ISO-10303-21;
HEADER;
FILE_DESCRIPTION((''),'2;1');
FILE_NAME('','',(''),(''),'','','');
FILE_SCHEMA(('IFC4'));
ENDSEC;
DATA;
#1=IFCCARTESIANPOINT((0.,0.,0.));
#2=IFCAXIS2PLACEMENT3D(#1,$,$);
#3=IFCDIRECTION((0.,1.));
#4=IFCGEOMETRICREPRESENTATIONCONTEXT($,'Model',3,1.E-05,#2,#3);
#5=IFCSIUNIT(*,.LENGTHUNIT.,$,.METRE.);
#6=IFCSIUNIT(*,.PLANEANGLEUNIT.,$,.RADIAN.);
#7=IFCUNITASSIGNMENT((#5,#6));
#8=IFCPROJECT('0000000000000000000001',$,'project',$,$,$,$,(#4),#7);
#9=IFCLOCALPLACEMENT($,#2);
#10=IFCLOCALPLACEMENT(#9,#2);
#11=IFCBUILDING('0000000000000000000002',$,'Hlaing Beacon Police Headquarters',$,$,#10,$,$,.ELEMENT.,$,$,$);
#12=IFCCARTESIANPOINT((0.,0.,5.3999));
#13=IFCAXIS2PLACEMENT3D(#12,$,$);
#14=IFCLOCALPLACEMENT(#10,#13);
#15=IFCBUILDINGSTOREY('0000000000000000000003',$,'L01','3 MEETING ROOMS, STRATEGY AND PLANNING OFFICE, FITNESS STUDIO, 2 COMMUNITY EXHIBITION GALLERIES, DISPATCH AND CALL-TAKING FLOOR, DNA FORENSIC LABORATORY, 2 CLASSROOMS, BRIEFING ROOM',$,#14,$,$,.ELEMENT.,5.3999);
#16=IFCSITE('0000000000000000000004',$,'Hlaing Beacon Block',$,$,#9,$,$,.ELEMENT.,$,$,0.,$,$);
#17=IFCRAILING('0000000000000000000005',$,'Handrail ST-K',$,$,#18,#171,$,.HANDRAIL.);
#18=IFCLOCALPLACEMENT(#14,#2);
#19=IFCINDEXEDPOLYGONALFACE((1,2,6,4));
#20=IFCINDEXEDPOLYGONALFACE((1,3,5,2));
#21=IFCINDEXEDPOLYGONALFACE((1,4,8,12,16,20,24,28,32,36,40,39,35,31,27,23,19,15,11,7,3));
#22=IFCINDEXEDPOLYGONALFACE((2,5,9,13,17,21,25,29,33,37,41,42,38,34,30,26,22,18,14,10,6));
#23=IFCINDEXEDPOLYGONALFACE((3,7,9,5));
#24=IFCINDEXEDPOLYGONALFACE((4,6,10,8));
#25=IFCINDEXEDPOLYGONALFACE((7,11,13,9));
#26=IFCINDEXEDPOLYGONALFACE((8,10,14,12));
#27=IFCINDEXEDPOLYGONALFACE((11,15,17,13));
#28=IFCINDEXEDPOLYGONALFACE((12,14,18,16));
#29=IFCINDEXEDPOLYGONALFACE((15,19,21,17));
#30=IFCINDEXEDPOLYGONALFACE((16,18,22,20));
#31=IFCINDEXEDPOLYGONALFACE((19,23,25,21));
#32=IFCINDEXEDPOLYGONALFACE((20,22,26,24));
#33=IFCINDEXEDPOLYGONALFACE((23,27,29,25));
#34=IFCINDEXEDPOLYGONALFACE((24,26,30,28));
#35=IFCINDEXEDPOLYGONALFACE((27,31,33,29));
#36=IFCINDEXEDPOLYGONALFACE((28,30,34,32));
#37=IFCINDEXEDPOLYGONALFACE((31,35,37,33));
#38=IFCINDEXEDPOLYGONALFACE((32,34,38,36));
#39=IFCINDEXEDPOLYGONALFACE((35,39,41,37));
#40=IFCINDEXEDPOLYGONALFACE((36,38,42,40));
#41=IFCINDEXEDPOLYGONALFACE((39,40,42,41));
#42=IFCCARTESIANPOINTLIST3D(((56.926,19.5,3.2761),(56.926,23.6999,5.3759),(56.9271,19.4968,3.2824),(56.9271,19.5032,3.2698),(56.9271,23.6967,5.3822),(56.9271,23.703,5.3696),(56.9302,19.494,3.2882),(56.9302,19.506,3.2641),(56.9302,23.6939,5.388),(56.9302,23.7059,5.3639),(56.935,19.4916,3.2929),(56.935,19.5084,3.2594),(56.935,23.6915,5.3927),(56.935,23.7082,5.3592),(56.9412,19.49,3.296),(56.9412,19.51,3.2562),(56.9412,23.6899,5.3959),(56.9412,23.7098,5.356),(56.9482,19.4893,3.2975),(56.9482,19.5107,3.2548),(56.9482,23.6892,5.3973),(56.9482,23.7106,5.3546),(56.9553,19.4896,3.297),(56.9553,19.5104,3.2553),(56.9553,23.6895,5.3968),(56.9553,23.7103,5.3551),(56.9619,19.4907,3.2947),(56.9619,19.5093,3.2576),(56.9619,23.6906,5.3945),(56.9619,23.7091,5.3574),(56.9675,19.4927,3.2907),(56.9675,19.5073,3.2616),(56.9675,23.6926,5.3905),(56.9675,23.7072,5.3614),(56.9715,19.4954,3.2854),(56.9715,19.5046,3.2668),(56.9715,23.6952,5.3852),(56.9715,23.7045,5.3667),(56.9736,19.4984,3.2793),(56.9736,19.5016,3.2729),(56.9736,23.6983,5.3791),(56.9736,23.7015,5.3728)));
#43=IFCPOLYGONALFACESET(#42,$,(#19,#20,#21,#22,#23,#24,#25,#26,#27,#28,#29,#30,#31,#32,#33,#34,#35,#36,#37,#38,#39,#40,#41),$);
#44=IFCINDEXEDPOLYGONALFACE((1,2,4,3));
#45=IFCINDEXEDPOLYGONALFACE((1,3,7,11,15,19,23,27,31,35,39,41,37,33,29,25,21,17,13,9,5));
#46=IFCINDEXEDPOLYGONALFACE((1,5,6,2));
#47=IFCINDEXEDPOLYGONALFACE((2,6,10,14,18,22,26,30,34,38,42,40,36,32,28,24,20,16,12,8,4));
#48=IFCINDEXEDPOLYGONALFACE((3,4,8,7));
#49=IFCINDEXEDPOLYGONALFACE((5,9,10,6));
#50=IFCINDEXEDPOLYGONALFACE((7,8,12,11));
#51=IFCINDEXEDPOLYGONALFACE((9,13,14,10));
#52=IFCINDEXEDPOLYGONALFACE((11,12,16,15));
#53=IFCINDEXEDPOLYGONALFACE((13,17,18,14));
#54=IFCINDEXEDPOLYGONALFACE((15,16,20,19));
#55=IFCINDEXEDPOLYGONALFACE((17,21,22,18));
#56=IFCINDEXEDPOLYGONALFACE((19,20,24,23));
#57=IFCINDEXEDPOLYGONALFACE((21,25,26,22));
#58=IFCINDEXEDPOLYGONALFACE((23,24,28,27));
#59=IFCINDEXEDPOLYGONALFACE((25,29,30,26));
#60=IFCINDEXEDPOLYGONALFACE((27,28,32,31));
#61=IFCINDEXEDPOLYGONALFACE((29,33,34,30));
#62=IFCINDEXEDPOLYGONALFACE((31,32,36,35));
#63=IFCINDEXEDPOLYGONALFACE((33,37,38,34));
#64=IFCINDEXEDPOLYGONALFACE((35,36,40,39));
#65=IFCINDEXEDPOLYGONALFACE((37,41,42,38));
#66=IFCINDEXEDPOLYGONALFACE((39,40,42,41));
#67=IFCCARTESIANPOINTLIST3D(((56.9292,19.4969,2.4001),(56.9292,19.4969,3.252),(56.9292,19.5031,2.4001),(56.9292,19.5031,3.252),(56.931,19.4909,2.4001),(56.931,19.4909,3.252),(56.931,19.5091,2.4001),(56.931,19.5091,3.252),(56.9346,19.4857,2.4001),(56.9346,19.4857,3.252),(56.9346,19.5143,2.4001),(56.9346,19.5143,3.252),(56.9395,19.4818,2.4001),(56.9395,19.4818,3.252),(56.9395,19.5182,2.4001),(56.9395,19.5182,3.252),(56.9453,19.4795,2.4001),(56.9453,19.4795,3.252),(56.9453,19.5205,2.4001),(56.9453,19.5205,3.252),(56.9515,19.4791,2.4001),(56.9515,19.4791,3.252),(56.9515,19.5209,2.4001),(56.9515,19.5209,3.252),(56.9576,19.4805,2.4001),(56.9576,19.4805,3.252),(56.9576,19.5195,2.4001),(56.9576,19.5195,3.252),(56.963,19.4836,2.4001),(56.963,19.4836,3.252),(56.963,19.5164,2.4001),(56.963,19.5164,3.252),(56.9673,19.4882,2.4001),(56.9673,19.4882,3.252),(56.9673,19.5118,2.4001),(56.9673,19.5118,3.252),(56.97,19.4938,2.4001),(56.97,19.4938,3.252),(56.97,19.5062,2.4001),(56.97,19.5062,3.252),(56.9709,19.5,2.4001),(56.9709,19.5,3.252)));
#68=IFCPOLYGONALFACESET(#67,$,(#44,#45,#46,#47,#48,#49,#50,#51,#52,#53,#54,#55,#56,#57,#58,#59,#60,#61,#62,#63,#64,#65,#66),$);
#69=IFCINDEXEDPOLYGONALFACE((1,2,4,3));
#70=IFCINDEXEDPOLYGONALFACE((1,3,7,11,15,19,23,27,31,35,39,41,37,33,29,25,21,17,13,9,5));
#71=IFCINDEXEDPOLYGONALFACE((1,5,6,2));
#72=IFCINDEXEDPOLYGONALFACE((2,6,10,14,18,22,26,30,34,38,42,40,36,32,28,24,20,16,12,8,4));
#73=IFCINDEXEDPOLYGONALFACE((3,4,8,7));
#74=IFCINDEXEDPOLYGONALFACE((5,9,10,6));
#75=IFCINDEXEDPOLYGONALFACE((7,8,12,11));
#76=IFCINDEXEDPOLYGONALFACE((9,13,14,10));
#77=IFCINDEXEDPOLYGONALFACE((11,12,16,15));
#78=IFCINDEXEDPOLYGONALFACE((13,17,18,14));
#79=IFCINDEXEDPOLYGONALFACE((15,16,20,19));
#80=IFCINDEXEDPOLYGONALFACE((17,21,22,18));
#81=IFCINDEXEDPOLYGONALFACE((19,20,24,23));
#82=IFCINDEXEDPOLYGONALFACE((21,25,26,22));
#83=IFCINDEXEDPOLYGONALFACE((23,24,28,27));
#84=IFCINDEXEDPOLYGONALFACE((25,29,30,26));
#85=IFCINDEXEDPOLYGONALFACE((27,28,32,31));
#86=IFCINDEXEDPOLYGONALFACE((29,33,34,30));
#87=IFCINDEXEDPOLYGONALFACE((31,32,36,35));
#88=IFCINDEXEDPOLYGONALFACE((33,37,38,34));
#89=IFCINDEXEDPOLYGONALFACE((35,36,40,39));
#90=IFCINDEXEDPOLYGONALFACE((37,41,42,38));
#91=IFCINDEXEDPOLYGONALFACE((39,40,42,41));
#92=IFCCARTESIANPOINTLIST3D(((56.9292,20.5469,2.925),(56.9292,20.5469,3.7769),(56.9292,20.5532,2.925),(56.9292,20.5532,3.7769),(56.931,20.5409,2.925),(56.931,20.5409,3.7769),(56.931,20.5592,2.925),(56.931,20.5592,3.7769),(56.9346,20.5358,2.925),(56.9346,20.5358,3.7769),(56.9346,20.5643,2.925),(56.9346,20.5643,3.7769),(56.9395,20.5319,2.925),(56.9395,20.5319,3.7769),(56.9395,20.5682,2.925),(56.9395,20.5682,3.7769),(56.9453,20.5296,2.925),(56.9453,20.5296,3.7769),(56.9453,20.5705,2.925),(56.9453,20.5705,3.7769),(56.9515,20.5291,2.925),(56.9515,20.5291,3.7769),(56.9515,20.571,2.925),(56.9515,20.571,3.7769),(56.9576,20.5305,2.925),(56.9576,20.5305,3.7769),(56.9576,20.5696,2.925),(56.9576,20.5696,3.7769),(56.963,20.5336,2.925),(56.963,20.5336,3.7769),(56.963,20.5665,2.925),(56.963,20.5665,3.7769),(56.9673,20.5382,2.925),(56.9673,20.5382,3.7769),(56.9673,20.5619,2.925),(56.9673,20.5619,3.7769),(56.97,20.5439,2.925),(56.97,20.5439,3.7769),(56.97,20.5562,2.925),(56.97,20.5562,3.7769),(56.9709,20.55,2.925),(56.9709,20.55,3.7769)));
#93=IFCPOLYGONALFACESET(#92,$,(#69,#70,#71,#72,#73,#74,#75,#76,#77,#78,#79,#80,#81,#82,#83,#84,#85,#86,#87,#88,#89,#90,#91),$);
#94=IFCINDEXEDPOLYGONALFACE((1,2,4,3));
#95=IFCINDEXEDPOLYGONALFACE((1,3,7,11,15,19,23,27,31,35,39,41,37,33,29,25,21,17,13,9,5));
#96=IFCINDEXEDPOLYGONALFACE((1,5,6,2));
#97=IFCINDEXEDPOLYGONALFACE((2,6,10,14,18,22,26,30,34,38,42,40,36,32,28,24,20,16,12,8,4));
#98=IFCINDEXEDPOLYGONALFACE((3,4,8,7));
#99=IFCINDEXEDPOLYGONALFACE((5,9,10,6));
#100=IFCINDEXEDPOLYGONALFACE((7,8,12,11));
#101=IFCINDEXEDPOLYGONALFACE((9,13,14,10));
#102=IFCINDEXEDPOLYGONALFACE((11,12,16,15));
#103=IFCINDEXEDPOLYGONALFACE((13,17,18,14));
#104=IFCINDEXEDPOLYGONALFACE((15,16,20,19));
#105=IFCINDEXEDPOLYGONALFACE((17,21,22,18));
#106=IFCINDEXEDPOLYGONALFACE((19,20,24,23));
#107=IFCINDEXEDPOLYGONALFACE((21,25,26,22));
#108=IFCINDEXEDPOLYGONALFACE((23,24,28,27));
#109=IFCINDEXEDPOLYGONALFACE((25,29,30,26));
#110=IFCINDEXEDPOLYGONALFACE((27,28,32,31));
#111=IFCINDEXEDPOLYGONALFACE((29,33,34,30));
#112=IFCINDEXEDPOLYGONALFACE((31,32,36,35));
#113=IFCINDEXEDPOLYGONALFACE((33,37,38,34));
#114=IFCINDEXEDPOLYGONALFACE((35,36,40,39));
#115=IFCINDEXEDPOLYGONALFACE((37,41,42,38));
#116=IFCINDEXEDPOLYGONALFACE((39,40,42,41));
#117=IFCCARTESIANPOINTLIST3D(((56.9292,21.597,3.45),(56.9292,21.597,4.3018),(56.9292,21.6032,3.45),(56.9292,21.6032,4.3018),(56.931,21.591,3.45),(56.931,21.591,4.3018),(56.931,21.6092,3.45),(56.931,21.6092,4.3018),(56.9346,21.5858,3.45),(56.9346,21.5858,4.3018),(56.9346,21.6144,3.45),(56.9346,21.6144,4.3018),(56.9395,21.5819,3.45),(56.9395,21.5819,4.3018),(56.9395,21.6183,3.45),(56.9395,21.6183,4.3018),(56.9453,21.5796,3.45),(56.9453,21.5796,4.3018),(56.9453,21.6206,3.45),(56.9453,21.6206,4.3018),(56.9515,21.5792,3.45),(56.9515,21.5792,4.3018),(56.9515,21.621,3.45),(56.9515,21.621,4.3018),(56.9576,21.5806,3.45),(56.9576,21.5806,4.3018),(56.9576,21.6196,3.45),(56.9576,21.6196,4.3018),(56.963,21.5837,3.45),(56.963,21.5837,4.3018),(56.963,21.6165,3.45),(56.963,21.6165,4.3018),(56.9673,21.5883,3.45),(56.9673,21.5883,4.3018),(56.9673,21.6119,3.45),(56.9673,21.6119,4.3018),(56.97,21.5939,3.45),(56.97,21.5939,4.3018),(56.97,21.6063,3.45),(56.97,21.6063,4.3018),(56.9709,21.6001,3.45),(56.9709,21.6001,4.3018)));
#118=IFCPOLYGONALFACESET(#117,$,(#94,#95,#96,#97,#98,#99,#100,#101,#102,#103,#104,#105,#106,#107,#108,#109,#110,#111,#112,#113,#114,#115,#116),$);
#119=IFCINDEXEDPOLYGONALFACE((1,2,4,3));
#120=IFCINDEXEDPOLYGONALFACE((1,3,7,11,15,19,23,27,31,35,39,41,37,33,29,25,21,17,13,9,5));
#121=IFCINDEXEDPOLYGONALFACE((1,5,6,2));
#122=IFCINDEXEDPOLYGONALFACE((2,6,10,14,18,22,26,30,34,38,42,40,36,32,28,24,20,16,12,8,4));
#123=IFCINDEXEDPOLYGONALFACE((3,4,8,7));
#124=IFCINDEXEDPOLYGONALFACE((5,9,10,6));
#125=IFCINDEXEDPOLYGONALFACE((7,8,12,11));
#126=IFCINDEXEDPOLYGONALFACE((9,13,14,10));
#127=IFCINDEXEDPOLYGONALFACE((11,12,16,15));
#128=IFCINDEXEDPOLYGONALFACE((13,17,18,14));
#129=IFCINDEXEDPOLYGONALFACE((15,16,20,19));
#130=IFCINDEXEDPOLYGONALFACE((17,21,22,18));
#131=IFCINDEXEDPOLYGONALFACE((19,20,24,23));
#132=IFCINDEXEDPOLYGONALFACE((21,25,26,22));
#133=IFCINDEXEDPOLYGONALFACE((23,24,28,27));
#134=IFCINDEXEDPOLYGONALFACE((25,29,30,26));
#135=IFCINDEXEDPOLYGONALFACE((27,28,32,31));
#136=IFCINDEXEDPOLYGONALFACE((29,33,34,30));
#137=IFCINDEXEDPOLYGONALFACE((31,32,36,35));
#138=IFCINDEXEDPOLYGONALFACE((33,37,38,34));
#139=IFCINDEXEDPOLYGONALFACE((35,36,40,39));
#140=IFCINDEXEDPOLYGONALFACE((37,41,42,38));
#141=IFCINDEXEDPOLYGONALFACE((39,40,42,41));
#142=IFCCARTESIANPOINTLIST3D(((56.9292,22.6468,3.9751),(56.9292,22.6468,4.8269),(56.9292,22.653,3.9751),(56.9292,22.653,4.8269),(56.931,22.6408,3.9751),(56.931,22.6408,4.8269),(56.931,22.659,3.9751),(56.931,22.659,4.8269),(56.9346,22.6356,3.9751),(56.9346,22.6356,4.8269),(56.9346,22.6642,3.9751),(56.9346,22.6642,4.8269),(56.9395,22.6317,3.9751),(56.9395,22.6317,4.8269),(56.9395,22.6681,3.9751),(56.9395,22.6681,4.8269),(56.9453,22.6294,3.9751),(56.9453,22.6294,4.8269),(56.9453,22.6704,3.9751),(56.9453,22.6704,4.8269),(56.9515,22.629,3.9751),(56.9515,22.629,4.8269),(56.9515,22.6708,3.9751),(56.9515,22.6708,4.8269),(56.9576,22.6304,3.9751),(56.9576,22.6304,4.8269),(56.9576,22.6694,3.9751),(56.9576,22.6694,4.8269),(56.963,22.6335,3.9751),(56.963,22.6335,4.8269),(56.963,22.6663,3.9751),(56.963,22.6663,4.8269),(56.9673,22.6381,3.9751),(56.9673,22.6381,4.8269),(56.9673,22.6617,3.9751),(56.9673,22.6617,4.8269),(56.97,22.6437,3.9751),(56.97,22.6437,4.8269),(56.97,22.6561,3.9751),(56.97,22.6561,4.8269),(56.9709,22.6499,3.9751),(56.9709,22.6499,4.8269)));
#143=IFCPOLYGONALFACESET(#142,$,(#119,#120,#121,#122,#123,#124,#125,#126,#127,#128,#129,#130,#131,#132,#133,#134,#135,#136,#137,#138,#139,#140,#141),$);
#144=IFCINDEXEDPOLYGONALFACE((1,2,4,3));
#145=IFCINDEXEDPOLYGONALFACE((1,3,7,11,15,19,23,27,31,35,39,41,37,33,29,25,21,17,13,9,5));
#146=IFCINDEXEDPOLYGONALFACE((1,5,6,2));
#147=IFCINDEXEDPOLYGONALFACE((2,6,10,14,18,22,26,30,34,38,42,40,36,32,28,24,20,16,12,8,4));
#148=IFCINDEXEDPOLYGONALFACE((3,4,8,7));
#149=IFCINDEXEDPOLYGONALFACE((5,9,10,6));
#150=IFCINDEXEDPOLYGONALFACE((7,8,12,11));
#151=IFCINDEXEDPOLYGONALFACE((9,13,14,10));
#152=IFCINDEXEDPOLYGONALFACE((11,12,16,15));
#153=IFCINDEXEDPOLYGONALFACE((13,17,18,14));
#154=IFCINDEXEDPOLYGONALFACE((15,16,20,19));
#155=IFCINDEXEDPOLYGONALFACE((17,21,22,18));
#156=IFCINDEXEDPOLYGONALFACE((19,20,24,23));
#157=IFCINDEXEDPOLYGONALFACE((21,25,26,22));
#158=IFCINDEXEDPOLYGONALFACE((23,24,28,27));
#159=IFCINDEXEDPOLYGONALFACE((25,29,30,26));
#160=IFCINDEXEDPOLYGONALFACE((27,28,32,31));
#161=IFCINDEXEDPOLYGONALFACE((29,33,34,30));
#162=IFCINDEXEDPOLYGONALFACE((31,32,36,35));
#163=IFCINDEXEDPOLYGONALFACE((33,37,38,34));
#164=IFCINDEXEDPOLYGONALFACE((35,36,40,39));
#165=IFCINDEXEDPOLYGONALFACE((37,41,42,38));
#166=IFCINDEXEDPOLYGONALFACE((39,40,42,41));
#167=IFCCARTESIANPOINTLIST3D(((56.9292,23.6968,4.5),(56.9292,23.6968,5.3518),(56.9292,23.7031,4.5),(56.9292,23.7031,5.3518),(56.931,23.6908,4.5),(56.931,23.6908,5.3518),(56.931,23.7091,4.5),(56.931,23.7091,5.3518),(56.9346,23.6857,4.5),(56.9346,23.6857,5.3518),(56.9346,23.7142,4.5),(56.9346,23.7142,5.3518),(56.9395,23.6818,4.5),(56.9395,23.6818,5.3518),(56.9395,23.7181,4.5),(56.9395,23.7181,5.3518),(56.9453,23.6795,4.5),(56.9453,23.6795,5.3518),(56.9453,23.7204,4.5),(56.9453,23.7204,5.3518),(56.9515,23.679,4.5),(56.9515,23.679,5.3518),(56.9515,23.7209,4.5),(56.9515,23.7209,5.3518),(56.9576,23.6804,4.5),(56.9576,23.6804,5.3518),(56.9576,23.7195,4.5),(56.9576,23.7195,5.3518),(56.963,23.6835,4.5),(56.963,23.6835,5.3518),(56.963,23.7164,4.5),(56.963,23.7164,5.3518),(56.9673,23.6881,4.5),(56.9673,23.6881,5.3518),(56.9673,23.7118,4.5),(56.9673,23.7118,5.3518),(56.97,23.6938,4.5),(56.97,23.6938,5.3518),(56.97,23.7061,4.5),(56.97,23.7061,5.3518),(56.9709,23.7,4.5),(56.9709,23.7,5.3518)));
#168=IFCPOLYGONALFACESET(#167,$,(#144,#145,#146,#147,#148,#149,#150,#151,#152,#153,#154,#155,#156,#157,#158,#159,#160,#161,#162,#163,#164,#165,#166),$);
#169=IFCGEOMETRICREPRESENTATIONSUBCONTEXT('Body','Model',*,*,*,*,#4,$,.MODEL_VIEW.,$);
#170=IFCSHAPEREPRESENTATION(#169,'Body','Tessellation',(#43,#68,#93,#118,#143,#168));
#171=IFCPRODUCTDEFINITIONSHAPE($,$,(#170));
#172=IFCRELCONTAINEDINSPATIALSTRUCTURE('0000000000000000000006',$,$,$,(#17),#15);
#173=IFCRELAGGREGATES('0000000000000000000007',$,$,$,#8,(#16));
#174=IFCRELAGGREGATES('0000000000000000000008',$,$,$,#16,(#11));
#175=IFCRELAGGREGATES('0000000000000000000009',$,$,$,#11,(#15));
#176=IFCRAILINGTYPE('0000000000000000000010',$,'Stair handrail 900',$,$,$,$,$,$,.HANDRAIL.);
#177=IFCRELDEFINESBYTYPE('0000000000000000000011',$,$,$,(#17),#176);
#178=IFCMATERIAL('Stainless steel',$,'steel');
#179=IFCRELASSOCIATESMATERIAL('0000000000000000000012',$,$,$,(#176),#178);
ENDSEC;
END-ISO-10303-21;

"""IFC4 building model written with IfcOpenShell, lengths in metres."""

from ifc_helpers import new_model, si_unit, direction, frame, origin, origin_2d, place, context, subcontext, project, spatial, circle, extrude, material, type_object, element, save


model = new_model("IFC4")

# Units and contexts
model_context = context("Model", 3, precision=1e-05, world=origin(), true_north=direction((0.0, 1.0)))
body_context = subcontext(model_context, "Body", "Model", "MODEL_VIEW")
ifc_project = project(units=[si_unit("LENGTHUNIT", "METRE"), si_unit("PLANEANGLEUNIT", "RADIAN")], contexts=[model_context])

# Site, building, storey
site_placement = place(None, origin())
site = spatial("IfcSite", under=ifc_project, at=site_placement, Name="Hlaing Beacon Block", CompositionType="ELEMENT", RefElevation=0.0)
building_placement = place(site_placement, origin())
building = spatial("IfcBuilding", under=site, at=building_placement, Name="Hlaing Beacon Police Headquarters", CompositionType="ELEMENT")
storey_placement = place(building_placement, frame((0.0, 0.0, 5.3999)))
storey = spatial("IfcBuildingStorey", under=building, at=storey_placement, Name="L01", Description="3 MEETING ROOMS, STRATEGY AND PLANNING OFFICE, FITNESS STUDIO, 2 COMMUNITY EXHIBITION GALLERIES, DISPATCH AND CALL-TAKING FLOOR, DNA FORENSIC LABORATORY, 2 CLASSROOMS, BRIEFING ROOM", CompositionType="ELEMENT", Elevation=5.3999)

# Railing
ifc_material_1 = material(Name="Stainless steel", Category="steel")
railing_type_1 = type_object("IfcRailingType", Name="Stair handrail 900", PredefinedType="HANDRAIL", material=ifc_material_1)
for number, where, name in (
    (1, (56.95, 19.5, 2.4001), "Handrail ST-K"),
):
    element("IfcRailing", number, at=place(storey_placement, frame(where)), inside=storey, type_object=railing_type_1, Name=name, PredefinedType="HANDRAIL", context=body_context, shape_type="SweptSolid", body=[
        extrude(circle(Radius=0.0239, at=origin_2d()), frame((0.0, 0.0, 0.876), z_axis=(0.0, 0.894438, 0.447193), x_axis=(-1.0, 0.0, 0.0)), (0.0, 0.0, 1.0), 4.6956),
        extrude(circle(Radius=0.021, at=origin_2d()), origin(), (0.0, 0.0, 1.0), 0.8518),
        extrude(circle(Radius=0.021, at=origin_2d()), frame((0.0, 1.05, 0.5249)), (0.0, 0.0, 1.0), 0.8518),
        extrude(circle(Radius=0.021, at=origin_2d()), frame((0.0, 2.1001, 1.0498)), (0.0, 0.0, 1.0), 0.8518),
        extrude(circle(Radius=0.021, at=origin_2d()), frame((0.0, 3.1499, 1.575)), (0.0, 0.0, 1.0), 0.8518),
        extrude(circle(Radius=0.021, at=origin_2d()), frame((0.0, 4.2, 2.0999)), (0.0, 0.0, 1.0), 0.8518),
    ])

save(model, "model.ifc")
